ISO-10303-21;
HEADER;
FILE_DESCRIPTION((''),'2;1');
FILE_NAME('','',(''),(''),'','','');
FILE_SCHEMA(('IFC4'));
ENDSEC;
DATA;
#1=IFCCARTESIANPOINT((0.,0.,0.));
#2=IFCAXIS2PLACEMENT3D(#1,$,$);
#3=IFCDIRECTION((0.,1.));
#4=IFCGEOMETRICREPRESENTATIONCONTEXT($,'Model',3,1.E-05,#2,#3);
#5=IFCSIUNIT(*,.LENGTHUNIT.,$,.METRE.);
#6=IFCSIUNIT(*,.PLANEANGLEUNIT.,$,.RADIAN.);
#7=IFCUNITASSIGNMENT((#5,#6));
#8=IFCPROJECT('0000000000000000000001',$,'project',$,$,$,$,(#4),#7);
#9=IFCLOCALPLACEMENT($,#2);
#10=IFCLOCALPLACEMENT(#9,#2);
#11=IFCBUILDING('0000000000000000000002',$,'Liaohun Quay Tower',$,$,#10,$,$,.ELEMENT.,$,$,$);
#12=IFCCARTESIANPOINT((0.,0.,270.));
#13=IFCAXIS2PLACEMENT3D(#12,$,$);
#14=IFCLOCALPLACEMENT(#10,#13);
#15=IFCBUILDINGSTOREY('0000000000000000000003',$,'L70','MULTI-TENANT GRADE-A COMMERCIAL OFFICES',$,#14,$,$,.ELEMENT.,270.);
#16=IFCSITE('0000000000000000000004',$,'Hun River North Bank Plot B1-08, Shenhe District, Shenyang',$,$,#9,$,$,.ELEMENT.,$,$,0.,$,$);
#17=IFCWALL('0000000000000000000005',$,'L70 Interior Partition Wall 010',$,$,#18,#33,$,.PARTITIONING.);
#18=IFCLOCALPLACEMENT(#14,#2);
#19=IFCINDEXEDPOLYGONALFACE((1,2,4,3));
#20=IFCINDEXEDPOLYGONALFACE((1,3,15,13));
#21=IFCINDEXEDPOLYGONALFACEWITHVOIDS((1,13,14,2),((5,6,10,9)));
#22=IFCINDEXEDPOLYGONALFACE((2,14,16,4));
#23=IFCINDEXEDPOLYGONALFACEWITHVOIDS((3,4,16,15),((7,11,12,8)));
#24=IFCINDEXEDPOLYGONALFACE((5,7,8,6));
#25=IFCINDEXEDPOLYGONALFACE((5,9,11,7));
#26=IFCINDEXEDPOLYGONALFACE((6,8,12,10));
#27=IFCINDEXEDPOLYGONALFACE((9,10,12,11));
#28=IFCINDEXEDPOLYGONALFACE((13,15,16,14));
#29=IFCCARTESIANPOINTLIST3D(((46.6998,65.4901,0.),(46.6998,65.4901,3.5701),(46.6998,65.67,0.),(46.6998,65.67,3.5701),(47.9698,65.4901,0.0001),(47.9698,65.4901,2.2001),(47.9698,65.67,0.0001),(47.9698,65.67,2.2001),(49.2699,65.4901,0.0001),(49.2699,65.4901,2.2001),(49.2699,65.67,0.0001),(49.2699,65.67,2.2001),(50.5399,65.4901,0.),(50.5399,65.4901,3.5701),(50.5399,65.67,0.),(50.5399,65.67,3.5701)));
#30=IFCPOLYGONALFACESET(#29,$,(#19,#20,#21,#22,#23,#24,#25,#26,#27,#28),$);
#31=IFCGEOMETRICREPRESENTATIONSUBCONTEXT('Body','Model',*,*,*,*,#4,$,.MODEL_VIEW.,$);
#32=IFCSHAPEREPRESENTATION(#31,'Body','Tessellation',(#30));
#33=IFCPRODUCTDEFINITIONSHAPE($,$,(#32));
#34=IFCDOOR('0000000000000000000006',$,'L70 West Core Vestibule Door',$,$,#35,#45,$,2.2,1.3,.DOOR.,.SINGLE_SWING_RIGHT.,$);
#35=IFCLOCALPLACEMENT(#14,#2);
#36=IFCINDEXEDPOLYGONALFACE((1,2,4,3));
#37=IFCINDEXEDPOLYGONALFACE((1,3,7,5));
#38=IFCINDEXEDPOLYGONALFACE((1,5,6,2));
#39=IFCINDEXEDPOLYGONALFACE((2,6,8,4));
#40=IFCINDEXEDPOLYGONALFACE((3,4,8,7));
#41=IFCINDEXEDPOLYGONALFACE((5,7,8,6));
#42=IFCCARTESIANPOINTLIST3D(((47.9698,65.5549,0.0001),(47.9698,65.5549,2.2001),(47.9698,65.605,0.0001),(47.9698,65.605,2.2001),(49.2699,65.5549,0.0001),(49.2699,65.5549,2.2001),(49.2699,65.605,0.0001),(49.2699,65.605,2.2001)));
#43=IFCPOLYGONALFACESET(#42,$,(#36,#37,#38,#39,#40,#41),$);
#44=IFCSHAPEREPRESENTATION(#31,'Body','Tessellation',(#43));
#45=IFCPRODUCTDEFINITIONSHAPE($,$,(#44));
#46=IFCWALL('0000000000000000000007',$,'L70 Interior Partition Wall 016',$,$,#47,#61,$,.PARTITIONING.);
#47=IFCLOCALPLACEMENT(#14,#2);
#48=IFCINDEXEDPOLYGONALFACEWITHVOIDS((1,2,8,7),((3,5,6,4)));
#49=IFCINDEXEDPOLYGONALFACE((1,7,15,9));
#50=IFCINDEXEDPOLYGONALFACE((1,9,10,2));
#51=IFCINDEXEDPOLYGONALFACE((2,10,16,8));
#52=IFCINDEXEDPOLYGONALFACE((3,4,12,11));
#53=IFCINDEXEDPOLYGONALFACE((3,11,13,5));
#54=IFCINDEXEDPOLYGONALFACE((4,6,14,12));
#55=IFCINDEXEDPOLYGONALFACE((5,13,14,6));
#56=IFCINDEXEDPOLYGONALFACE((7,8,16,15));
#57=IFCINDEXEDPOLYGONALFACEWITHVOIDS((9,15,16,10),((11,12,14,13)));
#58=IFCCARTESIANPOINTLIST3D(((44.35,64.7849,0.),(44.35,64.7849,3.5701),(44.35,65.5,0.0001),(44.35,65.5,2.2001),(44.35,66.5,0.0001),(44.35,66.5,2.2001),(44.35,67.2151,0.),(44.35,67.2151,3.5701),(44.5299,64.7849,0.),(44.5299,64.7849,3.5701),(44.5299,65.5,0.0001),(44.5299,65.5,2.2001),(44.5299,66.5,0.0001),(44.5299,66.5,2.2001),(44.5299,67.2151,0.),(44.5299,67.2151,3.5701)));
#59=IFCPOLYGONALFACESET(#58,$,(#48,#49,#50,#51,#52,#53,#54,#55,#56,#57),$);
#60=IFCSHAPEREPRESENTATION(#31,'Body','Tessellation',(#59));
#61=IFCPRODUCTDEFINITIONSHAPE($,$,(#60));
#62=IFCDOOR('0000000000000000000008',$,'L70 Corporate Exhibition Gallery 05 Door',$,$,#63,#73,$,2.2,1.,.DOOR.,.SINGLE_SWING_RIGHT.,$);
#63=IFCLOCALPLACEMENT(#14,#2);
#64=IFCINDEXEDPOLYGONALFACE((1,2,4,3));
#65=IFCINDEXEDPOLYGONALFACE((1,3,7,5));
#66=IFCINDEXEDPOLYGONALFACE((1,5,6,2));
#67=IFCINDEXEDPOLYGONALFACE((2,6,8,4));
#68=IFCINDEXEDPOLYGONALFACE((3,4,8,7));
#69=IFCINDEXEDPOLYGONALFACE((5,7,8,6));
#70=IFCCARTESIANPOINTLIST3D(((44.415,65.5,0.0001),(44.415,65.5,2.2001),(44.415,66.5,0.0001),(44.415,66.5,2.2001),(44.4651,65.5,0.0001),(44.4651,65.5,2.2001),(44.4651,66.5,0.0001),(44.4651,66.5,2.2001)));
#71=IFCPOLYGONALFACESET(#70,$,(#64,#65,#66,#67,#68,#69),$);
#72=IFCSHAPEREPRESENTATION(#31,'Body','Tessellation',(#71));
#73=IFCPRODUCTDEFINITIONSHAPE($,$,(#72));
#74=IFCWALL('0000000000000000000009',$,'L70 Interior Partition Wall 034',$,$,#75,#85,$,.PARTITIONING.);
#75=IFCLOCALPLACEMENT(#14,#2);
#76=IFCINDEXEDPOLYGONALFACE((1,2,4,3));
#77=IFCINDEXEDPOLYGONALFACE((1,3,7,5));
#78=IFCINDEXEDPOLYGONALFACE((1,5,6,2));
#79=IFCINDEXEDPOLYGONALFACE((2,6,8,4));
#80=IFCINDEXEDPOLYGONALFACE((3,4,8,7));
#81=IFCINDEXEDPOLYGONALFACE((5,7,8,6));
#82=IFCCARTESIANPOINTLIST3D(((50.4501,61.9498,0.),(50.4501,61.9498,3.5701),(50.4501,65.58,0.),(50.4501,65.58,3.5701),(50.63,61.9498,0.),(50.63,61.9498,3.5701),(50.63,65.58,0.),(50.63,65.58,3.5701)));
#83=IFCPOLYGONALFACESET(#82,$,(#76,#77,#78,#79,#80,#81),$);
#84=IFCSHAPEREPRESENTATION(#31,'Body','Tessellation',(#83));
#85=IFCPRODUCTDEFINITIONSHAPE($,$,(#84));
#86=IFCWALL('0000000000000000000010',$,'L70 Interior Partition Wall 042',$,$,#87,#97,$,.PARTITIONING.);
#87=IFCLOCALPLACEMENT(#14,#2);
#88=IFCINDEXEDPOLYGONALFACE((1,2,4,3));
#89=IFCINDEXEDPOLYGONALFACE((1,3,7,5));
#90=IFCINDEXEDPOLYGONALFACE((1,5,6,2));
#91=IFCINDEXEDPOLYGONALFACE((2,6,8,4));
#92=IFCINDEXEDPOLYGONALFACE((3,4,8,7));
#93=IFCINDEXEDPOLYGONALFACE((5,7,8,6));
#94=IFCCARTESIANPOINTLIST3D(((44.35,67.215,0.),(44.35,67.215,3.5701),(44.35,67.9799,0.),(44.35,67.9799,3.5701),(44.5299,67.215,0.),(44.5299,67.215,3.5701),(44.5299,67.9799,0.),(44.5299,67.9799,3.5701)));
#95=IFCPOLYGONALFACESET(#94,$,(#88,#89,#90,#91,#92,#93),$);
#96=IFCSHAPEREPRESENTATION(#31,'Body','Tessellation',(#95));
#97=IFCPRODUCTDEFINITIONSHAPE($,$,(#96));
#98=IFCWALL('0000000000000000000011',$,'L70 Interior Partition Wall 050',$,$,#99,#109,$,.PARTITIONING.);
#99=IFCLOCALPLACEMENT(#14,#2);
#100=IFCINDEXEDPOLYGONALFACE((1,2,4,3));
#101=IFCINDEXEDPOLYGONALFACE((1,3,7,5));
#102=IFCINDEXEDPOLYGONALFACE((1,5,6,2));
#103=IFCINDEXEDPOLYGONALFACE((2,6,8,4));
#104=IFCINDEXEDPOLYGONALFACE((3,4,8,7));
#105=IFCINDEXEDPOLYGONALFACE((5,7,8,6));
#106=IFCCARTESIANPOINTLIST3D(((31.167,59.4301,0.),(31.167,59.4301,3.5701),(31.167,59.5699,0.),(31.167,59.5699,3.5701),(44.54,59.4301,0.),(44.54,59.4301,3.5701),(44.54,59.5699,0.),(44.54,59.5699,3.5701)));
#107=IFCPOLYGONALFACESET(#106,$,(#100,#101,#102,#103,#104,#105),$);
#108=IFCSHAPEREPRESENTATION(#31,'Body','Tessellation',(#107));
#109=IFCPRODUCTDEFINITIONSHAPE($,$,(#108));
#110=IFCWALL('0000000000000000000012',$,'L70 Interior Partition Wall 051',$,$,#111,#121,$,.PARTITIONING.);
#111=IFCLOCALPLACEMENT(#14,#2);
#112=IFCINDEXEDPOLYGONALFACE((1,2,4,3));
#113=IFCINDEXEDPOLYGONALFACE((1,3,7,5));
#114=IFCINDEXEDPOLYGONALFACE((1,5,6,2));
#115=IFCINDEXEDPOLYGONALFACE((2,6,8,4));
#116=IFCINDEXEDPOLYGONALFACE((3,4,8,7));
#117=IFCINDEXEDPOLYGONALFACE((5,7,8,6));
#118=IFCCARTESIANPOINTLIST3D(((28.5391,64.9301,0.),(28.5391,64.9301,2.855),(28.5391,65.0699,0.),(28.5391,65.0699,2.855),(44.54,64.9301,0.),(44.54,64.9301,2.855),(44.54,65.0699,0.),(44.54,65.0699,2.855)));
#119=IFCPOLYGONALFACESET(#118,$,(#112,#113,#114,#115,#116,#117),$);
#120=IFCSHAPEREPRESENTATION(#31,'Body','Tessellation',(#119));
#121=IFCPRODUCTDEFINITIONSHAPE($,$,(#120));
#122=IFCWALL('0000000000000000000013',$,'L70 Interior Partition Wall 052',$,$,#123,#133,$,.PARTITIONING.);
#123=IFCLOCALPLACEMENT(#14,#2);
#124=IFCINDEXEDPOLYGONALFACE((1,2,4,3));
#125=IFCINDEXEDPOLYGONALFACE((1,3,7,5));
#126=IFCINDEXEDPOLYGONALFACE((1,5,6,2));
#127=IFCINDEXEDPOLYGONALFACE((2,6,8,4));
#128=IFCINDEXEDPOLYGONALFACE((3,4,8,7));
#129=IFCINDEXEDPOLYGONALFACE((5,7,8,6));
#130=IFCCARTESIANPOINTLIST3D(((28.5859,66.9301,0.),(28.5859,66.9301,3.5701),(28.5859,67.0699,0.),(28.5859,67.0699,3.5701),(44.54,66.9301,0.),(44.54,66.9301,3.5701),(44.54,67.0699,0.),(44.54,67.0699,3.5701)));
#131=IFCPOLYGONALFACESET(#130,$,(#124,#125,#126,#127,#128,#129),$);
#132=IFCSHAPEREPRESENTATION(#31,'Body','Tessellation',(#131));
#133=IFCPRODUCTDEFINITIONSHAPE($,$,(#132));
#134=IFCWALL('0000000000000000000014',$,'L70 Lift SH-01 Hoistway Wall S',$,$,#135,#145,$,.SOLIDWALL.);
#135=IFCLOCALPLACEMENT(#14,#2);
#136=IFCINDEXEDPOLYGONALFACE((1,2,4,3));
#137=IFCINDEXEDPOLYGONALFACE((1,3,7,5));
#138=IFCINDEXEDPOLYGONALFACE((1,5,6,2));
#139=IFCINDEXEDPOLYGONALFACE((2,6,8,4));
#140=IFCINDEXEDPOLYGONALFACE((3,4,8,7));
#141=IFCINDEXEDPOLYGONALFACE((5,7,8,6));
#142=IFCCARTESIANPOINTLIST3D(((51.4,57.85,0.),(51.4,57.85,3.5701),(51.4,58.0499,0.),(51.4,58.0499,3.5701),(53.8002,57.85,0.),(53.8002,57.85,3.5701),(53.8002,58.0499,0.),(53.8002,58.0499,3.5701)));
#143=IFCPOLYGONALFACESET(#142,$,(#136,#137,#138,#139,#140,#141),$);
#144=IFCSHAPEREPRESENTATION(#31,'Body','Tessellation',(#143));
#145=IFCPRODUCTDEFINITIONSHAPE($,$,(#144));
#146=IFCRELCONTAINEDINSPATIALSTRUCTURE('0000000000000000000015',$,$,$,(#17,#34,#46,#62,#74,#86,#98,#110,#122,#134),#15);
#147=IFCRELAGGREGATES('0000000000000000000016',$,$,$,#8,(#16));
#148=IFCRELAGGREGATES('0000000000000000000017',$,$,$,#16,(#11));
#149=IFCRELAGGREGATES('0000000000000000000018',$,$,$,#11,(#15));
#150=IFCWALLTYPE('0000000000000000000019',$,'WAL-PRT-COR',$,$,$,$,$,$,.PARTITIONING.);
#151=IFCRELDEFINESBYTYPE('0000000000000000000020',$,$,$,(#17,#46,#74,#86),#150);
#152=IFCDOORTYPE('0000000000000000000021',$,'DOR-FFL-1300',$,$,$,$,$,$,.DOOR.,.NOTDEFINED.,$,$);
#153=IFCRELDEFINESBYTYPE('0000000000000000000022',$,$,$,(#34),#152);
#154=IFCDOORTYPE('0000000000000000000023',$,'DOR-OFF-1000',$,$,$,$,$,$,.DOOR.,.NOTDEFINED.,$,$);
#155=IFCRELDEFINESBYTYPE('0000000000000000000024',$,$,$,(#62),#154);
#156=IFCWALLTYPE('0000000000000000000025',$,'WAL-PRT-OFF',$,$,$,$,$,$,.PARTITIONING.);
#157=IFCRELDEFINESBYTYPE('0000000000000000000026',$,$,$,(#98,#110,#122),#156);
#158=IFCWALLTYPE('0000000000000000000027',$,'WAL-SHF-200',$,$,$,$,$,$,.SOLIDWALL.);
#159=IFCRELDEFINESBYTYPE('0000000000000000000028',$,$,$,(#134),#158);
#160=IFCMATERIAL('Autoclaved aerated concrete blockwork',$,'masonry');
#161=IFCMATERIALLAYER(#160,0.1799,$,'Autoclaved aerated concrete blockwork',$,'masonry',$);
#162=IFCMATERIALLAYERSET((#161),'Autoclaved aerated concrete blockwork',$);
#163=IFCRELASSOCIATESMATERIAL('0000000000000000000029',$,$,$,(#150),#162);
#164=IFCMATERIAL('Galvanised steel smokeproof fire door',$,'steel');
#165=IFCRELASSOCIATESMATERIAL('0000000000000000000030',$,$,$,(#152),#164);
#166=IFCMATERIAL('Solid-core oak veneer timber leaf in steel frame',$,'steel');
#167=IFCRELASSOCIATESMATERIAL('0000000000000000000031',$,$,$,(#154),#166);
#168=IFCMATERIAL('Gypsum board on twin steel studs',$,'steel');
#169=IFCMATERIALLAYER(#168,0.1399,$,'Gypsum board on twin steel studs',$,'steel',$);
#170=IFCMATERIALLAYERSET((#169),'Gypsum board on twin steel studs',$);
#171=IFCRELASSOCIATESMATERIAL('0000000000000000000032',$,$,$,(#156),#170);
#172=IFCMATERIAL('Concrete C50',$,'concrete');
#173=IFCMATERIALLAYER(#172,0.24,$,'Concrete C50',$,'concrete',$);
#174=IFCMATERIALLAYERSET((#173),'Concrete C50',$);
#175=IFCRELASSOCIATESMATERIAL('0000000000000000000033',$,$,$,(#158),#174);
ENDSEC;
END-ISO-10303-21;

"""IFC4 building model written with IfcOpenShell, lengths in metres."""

from ifc_helpers import new_model, si_unit, direction, frame, frame_2d, origin, place, context, subcontext, project, spatial, rectangle, extrude, source, transform, mapped, material, layer, layer_set, type_object, element, fill, save


model = new_model("IFC4")

# Units and contexts
model_context = context("Model", 3, precision=1e-05, world=origin(), true_north=direction((0.0, 1.0)))
body_context = subcontext(model_context, "Body", "Model", "MODEL_VIEW")
ifc_project = project(units=[si_unit("LENGTHUNIT", "METRE"), si_unit("PLANEANGLEUNIT", "RADIAN")], contexts=[model_context])

# Site, building, storey
site_placement = place(None, origin())
site = spatial("IfcSite", under=ifc_project, at=site_placement, Name="Hun River North Bank Plot B1-08, Shenhe District, Shenyang", CompositionType="ELEMENT", RefElevation=0.0)
building_placement = place(site_placement, origin())
building = spatial("IfcBuilding", under=site, at=building_placement, Name="Liaohun Quay Tower", CompositionType="ELEMENT")
storey_placement = place(building_placement, frame((0.0, 0.0, 270.0)))
storey = spatial("IfcBuildingStorey", under=building, at=storey_placement, Name="L70", Description="MULTI-TENANT GRADE-A COMMERCIAL OFFICES", CompositionType="ELEMENT", Elevation=270.0)

# Walls, openings, doors
ifc_material_1 = material(Name="Autoclaved aerated concrete blockwork", Category="masonry")
ifc_layer_1 = layer(ifc_material_1, 0.1799, Name="Autoclaved aerated concrete blockwork", Category="masonry")
ifc_layer_set_1 = layer_set([ifc_layer_1], Name="Autoclaved aerated concrete blockwork")
wall_type_1 = type_object("IfcWallType", Name="WAL-PRT-COR", PredefinedType="PARTITIONING", material=ifc_layer_set_1)
wall_1_placement = place(storey_placement, frame((46.7, 65.5801, 0.0), z_axis=(0.0, 0.0, 1.0), x_axis=(1.0, 0.0, 0.0)))
wall_1 = element("IfcWall", 1, at=wall_1_placement, inside=storey, type_object=wall_type_1, Name="L70 Interior Partition Wall 010", PredefinedType="PARTITIONING", context=body_context, shape_type="SweptSolid", body=[
    extrude(rectangle(XDim=3.8401, YDim=0.1799, at=frame_2d((1.9199, 0.0))), origin(), (0.0, 0.0, 1.0), 3.5701),
])
shared_shape_1 = source(origin(), body_context, "Body", "SweptSolid", [
    extrude(rectangle(XDim=1.3, YDim=2.2, at=frame_2d((0.6499, 1.1001))), frame((0.0, 0.0999, 0.0), z_axis=(0.0, -1.0, 0.0), x_axis=(1.0, 0.0, 0.0)), (0.0, 0.0, 1.0), 0.2),
])
opening_1_placement = place(wall_1_placement, frame((1.27, 0.0, 0.0)))
opening_1 = element("IfcOpeningElement", 2, at=opening_1_placement, cuts=wall_1, PredefinedType="OPENING", context=body_context, shape_type="MappedRepresentation", body=[
    mapped(shared_shape_1, transform((0.0, 0.0, 0.0), x_axis=(1.0, 0.0, 0.0), y_axis=(0.0, 1.0, 0.0), z_axis=(0.0, 0.0, 1.0), scale=1.0)),
])
ifc_material_2 = material(Name="Galvanised steel smokeproof fire door", Category="steel")
door_type_1 = type_object("IfcDoorType", Name="DOR-FFL-1300", OperationType="NOTDEFINED", PredefinedType="DOOR", material=ifc_material_2)
shared_shape_2 = source(origin(), body_context, "Body", "SweptSolid", [
    extrude(rectangle(XDim=1.3, YDim=2.2, at=frame_2d((0.6499, 1.1001))), frame((0.0, 0.0249, 0.0), z_axis=(0.0, -1.0, 0.0), x_axis=(1.0, 0.0, 0.0)), (0.0, 0.0, 1.0), 0.05),
])
door_1_placement = place(opening_1_placement, origin())
door_1 = element("IfcDoor", 3, at=door_1_placement, inside=storey, type_object=door_type_1, Name="L70 West Core Vestibule Door", OperationType="SINGLE_SWING_RIGHT", OverallHeight=2.2, OverallWidth=1.3, PredefinedType="DOOR", context=body_context, shape_type="MappedRepresentation", body=[
    mapped(shared_shape_2, transform((0.0, 0.0, 0.0), x_axis=(1.0, 0.0, 0.0), y_axis=(0.0, 1.0, 0.0), z_axis=(0.0, 0.0, 1.0), scale=1.0)),
])
fill(opening_1, door_1)
wall_2_placement = place(storey_placement, frame((44.4399, 64.7849, 0.0), z_axis=(0.0, 0.0, 1.0), x_axis=(0.0, 1.0, 0.0)))
wall_2 = element("IfcWall", 4, at=wall_2_placement, inside=storey, type_object=wall_type_1, Name="L70 Interior Partition Wall 016", PredefinedType="PARTITIONING", context=body_context, shape_type="SweptSolid", body=[
    extrude(rectangle(XDim=2.4302, YDim=0.1799, at=frame_2d((1.2151, 0.0))), origin(), (0.0, 0.0, 1.0), 3.5701),
])
shared_shape_3 = source(origin(), body_context, "Body", "SweptSolid", [
    extrude(rectangle(XDim=1.0, YDim=2.2, at=frame_2d((0.5, 1.1001))), frame((0.0, 0.0999, 0.0), z_axis=(0.0, -1.0, 0.0), x_axis=(1.0, 0.0, 0.0)), (0.0, 0.0, 1.0), 0.2),
])
opening_2_placement = place(wall_2_placement, frame((0.7151, 0.0, 0.0)))
opening_2 = element("IfcOpeningElement", 5, at=opening_2_placement, cuts=wall_2, PredefinedType="OPENING", context=body_context, shape_type="MappedRepresentation", body=[
    mapped(shared_shape_3, transform((0.0, 0.0, 0.0), x_axis=(1.0, 0.0, 0.0), y_axis=(0.0, 1.0, 0.0), z_axis=(0.0, 0.0, 1.0), scale=1.0)),
])
ifc_material_3 = material(Name="Solid-core oak veneer timber leaf in steel frame", Category="steel")
door_type_2 = type_object("IfcDoorType", Name="DOR-OFF-1000", OperationType="NOTDEFINED", PredefinedType="DOOR", material=ifc_material_3)
shared_shape_4 = source(origin(), body_context, "Body", "SweptSolid", [
    extrude(rectangle(XDim=1.0, YDim=2.2, at=frame_2d((0.5, 1.1001))), frame((0.0, 0.0249, 0.0), z_axis=(0.0, -1.0, 0.0), x_axis=(1.0, 0.0, 0.0)), (0.0, 0.0, 1.0), 0.05),
])
door_2_placement = place(opening_2_placement, origin())
door_2 = element("IfcDoor", 6, at=door_2_placement, inside=storey, type_object=door_type_2, Name="L70 Corporate Exhibition Gallery 05 Door", OperationType="SINGLE_SWING_RIGHT", OverallHeight=2.2, OverallWidth=1.0, PredefinedType="DOOR", context=body_context, shape_type="MappedRepresentation", body=[
    mapped(shared_shape_4, transform((0.0, 0.0, 0.0), x_axis=(1.0, 0.0, 0.0), y_axis=(0.0, 1.0, 0.0), z_axis=(0.0, 0.0, 1.0), scale=1.0)),
])
fill(opening_2, door_2)

# Walls
wall_3_placement = place(storey_placement, frame((50.54, 61.95, 0.0), z_axis=(0.0, 0.0, 1.0), x_axis=(0.0, 1.0, 0.0)))
element("IfcWall", 7, at=wall_3_placement, inside=storey, type_object=wall_type_1, Name="L70 Interior Partition Wall 034", PredefinedType="PARTITIONING", context=body_context, shape_type="SweptSolid", body=[
    extrude(rectangle(XDim=3.6301, YDim=0.1799, at=frame_2d((1.8149, 0.0))), origin(), (0.0, 0.0, 1.0), 3.5701),
])
wall_4_placement = place(storey_placement, frame((44.4399, 67.2151, 0.0), z_axis=(0.0, 0.0, 1.0), x_axis=(0.0, 1.0, 0.0)))
element("IfcWall", 8, at=wall_4_placement, inside=storey, type_object=wall_type_1, Name="L70 Interior Partition Wall 042", PredefinedType="PARTITIONING", context=body_context, shape_type="SweptSolid", body=[
    extrude(rectangle(XDim=0.7649, YDim=0.1799, at=frame_2d((0.3823, 0.0))), origin(), (0.0, 0.0, 1.0), 3.5701),
])
ifc_material_4 = material(Name="Gypsum board on twin steel studs", Category="steel")
ifc_layer_2 = layer(ifc_material_4, 0.1399, Name="Gypsum board on twin steel studs", Category="steel")
ifc_layer_set_2 = layer_set([ifc_layer_2], Name="Gypsum board on twin steel studs")
wall_type_2 = type_object("IfcWallType", Name="WAL-PRT-OFF", PredefinedType="PARTITIONING", material=ifc_layer_set_2)
wall_5_placement = place(storey_placement, frame((44.54, 59.5, 0.0), z_axis=(0.0, 0.0, 1.0), x_axis=(-1.0, 0.0, 0.0)))
element("IfcWall", 9, at=wall_5_placement, inside=storey, type_object=wall_type_2, Name="L70 Interior Partition Wall 050", PredefinedType="PARTITIONING", context=body_context, shape_type="SweptSolid", body=[
    extrude(rectangle(XDim=13.373, YDim=0.1399, at=frame_2d((6.6865, 0.0))), origin(), (0.0, 0.0, 1.0), 3.5701),
])
wall_6_placement = place(storey_placement, frame((44.54, 65.0, 0.0), z_axis=(0.0, 0.0, 1.0), x_axis=(-1.0, 0.0, 0.0)))
element("IfcWall", 10, at=wall_6_placement, inside=storey, type_object=wall_type_2, Name="L70 Interior Partition Wall 051", PredefinedType="PARTITIONING", context=body_context, shape_type="SweptSolid", body=[
    extrude(rectangle(XDim=16.001, YDim=0.1399, at=frame_2d((8.0005, 0.0))), origin(), (0.0, 0.0, 1.0), 2.855),
])
wall_7_placement = place(storey_placement, frame((44.54, 67.0, 0.0), z_axis=(0.0, 0.0, 1.0), x_axis=(-1.0, 0.0, 0.0)))
element("IfcWall", 11, at=wall_7_placement, inside=storey, type_object=wall_type_2, Name="L70 Interior Partition Wall 052", PredefinedType="PARTITIONING", context=body_context, shape_type="SweptSolid", body=[
    extrude(rectangle(XDim=15.9541, YDim=0.1399, at=frame_2d((7.9771, 0.0))), origin(), (0.0, 0.0, 1.0), 3.5701),
])
ifc_material_5 = material(Name="Concrete C50", Category="concrete")
ifc_layer_3 = layer(ifc_material_5, 0.24, Name="Concrete C50", Category="concrete")
ifc_layer_set_3 = layer_set([ifc_layer_3], Name="Concrete C50")
wall_type_3 = type_object("IfcWallType", Name="WAL-SHF-200", PredefinedType="SOLIDWALL", material=ifc_layer_set_3)
wall_8_placement = place(storey_placement, frame((51.3999, 57.95, 0.0), z_axis=(0.0, 0.0, 1.0), x_axis=(1.0, 0.0, 0.0)))
element("IfcWall", 12, at=wall_8_placement, inside=storey, type_object=wall_type_3, Name="L70 Lift SH-01 Hoistway Wall S", PredefinedType="SOLIDWALL", context=body_context, shape_type="SweptSolid", body=[
    extrude(rectangle(XDim=2.4001, YDim=0.2, at=frame_2d((1.2002, 0.0))), origin(), (0.0, 0.0, 1.0), 3.5701),
])

save(model, "model.ifc")
